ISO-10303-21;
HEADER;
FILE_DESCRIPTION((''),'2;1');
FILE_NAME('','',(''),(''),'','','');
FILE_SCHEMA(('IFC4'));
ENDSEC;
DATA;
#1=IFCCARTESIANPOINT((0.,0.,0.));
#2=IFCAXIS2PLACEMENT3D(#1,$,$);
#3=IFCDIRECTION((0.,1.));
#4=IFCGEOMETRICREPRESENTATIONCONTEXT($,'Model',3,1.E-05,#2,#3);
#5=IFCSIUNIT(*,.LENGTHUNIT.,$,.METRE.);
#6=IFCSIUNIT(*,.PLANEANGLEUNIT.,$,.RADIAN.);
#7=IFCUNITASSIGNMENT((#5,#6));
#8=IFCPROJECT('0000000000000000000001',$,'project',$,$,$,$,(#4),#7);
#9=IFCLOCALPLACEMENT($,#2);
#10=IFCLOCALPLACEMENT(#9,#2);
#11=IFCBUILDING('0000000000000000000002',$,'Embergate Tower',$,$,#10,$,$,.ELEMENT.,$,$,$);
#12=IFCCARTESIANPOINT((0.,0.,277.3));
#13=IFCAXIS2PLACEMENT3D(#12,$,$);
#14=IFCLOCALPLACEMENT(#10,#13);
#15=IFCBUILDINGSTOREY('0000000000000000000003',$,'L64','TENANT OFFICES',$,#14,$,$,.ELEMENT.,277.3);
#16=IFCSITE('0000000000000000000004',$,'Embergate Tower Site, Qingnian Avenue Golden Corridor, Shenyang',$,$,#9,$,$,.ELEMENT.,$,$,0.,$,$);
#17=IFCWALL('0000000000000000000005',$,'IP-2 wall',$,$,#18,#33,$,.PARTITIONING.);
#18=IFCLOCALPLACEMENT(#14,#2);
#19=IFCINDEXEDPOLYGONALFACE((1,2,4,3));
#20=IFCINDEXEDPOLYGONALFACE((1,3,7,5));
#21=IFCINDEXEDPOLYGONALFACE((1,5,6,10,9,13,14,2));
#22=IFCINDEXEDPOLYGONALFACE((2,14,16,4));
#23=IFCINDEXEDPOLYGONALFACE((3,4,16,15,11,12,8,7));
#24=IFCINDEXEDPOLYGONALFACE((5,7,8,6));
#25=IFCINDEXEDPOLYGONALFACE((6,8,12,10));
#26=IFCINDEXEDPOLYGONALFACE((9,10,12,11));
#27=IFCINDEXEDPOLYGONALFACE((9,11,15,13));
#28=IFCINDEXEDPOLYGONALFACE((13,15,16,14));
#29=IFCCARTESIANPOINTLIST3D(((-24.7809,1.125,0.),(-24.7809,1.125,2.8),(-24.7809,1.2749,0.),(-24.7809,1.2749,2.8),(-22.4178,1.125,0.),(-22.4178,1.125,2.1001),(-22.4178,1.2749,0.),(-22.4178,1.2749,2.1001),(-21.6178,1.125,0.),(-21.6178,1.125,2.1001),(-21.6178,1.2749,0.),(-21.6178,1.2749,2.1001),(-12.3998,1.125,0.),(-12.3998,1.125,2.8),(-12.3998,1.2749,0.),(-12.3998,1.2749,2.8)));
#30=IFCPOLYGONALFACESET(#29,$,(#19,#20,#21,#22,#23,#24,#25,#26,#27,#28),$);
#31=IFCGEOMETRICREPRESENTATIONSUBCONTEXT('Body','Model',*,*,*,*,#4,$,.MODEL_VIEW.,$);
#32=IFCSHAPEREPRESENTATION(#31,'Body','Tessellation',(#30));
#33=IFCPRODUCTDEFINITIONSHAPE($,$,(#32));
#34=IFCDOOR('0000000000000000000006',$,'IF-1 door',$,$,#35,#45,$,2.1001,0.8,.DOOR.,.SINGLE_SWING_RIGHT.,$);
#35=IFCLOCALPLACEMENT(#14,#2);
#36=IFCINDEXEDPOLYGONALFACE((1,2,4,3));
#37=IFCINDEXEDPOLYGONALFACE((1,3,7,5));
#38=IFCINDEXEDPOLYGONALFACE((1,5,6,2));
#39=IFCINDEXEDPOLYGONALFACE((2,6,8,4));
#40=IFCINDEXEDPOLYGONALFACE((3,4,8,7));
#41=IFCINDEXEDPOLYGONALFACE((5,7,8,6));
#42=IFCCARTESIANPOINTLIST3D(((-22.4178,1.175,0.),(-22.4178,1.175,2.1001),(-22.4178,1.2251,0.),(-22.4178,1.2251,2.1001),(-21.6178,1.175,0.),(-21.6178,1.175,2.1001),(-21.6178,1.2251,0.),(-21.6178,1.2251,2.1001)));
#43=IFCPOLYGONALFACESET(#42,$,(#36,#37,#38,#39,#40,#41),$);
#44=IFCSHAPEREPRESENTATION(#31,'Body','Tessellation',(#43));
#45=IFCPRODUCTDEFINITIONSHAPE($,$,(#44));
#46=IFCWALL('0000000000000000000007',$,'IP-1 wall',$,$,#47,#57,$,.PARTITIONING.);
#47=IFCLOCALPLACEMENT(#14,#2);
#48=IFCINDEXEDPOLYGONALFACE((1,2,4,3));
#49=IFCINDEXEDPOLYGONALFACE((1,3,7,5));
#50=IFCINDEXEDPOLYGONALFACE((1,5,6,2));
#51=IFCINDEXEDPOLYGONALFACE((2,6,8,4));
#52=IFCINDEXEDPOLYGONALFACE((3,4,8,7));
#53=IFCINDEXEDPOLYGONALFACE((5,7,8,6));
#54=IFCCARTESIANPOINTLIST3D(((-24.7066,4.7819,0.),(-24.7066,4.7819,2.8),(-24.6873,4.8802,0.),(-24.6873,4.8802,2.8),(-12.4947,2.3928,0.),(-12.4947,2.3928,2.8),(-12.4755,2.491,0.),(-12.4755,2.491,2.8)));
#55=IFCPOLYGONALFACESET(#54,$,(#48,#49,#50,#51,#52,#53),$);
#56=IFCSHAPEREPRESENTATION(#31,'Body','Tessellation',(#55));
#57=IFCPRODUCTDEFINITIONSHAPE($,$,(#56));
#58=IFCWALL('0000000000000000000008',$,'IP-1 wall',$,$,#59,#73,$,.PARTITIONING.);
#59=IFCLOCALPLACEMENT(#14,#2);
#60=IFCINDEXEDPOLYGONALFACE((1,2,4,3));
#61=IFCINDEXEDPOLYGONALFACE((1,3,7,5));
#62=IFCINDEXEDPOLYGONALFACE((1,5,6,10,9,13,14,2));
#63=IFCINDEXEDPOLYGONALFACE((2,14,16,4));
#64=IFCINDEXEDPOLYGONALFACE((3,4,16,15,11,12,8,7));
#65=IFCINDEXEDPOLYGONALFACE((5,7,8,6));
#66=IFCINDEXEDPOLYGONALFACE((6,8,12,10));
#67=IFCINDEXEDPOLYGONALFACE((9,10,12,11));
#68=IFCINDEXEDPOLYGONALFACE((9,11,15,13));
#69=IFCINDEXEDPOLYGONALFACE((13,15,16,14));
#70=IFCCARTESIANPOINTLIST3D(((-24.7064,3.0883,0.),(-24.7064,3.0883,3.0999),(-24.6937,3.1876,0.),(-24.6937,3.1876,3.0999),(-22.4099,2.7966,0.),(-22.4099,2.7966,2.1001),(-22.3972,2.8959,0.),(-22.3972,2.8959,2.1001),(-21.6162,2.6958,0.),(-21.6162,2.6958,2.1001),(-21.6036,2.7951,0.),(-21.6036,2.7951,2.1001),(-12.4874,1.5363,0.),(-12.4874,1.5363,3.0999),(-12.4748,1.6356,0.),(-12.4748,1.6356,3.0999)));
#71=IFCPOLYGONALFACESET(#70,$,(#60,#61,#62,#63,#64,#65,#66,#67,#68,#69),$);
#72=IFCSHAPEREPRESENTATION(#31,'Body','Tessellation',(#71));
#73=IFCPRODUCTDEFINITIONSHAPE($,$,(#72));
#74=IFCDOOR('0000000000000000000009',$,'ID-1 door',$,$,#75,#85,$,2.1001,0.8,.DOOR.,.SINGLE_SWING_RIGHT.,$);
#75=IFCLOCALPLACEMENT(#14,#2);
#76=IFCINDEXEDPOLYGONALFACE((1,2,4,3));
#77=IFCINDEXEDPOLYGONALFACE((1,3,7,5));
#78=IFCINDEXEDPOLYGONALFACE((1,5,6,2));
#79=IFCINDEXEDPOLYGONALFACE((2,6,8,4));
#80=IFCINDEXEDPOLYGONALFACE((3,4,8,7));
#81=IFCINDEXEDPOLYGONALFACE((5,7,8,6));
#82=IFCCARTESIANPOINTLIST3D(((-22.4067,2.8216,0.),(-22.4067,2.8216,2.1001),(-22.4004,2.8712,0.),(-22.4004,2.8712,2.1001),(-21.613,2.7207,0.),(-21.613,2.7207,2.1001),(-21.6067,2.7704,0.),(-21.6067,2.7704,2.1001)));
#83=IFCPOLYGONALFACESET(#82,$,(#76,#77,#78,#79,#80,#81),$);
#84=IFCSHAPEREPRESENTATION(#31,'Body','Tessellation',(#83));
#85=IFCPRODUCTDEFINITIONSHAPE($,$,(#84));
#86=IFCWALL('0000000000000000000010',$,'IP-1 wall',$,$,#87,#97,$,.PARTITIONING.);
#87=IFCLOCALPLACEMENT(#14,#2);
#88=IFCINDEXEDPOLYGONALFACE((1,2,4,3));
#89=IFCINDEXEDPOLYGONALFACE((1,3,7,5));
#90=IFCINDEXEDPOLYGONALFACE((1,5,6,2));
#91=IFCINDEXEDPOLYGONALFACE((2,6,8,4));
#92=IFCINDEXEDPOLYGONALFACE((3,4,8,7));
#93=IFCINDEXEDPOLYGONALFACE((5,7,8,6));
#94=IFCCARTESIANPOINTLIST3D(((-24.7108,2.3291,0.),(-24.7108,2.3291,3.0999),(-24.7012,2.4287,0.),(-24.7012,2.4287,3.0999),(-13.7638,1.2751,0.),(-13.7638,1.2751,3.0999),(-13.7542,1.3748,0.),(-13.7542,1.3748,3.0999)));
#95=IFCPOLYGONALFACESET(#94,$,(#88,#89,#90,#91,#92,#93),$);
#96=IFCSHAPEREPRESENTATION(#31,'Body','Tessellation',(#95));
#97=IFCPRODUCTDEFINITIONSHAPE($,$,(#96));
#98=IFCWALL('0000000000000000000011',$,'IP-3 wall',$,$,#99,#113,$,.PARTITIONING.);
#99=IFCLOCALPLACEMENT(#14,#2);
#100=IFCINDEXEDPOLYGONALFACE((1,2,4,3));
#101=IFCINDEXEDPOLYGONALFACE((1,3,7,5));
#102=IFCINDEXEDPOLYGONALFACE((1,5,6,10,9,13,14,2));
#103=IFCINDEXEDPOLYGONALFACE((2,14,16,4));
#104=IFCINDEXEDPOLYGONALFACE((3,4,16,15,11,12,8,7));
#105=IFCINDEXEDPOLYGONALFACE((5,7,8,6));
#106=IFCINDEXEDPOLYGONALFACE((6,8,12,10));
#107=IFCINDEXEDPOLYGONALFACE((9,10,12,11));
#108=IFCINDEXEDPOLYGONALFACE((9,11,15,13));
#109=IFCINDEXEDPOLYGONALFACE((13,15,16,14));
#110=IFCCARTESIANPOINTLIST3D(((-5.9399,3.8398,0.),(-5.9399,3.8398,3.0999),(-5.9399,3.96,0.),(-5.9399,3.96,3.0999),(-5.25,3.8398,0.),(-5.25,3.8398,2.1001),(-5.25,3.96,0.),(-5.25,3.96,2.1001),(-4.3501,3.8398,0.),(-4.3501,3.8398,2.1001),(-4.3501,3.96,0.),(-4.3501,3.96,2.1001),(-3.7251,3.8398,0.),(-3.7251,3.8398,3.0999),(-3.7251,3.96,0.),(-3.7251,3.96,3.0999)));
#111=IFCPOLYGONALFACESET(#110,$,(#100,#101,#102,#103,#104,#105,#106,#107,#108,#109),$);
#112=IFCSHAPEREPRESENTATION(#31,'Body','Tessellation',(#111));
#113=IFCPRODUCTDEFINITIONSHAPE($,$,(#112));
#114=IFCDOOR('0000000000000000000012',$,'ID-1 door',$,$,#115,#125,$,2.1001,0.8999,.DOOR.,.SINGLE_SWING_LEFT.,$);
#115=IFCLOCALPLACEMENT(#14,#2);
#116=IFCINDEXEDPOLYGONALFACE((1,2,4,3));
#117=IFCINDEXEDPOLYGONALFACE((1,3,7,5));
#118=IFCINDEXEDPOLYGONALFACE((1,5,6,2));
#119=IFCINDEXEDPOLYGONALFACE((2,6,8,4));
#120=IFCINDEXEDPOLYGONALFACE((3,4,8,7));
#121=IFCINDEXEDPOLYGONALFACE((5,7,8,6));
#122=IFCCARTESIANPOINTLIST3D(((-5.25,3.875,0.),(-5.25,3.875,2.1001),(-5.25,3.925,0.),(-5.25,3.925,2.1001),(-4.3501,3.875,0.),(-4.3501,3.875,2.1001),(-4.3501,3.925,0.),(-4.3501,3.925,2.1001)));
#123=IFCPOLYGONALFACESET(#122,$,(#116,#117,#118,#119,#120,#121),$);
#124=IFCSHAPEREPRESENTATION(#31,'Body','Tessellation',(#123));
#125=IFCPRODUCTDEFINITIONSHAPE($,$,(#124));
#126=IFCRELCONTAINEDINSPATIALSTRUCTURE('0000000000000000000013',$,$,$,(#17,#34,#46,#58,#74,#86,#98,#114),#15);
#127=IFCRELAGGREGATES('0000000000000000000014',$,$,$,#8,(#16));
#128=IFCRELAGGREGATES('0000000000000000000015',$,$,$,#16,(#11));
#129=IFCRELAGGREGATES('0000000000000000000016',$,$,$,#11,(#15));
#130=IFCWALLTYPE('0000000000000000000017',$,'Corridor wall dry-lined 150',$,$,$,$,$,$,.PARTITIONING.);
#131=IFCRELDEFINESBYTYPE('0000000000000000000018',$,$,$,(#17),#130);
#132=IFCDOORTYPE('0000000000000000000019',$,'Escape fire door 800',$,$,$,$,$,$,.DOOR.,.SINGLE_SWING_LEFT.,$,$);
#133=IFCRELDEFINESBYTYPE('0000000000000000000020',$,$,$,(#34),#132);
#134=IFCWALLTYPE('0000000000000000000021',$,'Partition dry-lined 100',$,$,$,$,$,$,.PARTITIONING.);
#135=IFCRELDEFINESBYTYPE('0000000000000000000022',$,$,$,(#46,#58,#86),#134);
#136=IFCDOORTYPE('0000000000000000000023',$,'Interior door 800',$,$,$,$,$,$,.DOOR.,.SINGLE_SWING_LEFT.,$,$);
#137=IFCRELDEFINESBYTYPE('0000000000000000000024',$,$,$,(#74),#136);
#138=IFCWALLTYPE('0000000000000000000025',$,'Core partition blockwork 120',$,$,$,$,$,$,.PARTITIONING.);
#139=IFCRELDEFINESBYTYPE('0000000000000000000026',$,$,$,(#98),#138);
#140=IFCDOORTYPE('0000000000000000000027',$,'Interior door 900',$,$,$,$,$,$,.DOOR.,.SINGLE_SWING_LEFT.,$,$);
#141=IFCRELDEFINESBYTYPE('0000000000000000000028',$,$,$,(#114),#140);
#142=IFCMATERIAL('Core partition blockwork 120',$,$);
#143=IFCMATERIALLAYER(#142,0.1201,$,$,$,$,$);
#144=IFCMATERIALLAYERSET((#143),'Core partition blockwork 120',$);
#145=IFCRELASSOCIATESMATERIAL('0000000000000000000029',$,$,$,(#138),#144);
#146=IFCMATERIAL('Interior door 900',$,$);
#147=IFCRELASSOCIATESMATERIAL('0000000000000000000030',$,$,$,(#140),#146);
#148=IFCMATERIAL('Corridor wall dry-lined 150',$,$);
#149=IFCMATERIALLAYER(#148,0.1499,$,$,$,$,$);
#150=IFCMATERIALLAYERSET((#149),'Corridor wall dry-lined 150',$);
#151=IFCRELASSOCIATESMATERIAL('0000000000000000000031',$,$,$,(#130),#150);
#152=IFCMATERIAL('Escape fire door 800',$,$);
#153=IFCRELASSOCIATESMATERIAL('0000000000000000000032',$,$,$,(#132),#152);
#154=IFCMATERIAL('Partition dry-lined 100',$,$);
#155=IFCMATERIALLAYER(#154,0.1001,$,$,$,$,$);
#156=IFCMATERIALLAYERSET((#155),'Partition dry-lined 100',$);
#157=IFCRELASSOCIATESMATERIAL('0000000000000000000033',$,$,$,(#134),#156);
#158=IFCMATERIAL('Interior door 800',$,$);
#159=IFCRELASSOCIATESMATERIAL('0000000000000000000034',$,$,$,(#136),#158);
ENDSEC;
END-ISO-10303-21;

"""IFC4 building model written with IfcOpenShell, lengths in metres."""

from ifc_helpers import new_model, si_unit, direction, frame, frame_2d, origin, place, context, subcontext, project, spatial, rectangle, extrude, source, transform, mapped, material, layer, layer_set, type_object, element, fill, save


model = new_model("IFC4")

# Units and contexts
model_context = context("Model", 3, precision=1e-05, world=origin(), true_north=direction((0.0, 1.0)))
body_context = subcontext(model_context, "Body", "Model", "MODEL_VIEW")
ifc_project = project(units=[si_unit("LENGTHUNIT", "METRE"), si_unit("PLANEANGLEUNIT", "RADIAN")], contexts=[model_context])

# Site, building, storey
site_placement = place(None, origin())
site = spatial("IfcSite", under=ifc_project, at=site_placement, Name="Embergate Tower Site, Qingnian Avenue Golden Corridor, Shenyang", CompositionType="ELEMENT", RefElevation=0.0)
building_placement = place(site_placement, origin())
building = spatial("IfcBuilding", under=site, at=building_placement, Name="Embergate Tower", CompositionType="ELEMENT")
storey_placement = place(building_placement, frame((0.0, 0.0, 277.3)))
storey = spatial("IfcBuildingStorey", under=building, at=storey_placement, Name="L64", Description="TENANT OFFICES", CompositionType="ELEMENT", Elevation=277.3)

# Shared definitions
ifc_material_1 = material(Name="Core partition blockwork 120")
ifc_layer_1 = layer(ifc_material_1, 0.1201)
ifc_layer_set_1 = layer_set([ifc_layer_1], Name="Core partition blockwork 120")
wall_type_1 = type_object("IfcWallType", Name="Core partition blockwork 120", PredefinedType="PARTITIONING", material=ifc_layer_set_1)

# Shared definitions
shared_shape_1 = source(origin(), body_context, "Body", "SweptSolid", [
    extrude(rectangle(XDim=0.8999, YDim=2.1001, at=frame_2d((0.45, 1.05))), frame((0.0, 0.0701, 0.0), z_axis=(0.0, -1.0, 0.0), x_axis=(1.0, 0.0, 0.0)), (0.0, 0.0, 1.0), 0.1401),
])
ifc_material_2 = material(Name="Interior door 900")
door_type_1 = type_object("IfcDoorType", Name="Interior door 900", OperationType="SINGLE_SWING_LEFT", PredefinedType="DOOR", material=ifc_material_2)
shared_shape_2 = source(origin(), body_context, "Body", "SweptSolid", [
    extrude(rectangle(XDim=0.8999, YDim=2.1001, at=frame_2d((0.45, 1.05))), frame((0.0, 0.0249, 0.0), z_axis=(0.0, -1.0, 0.0), x_axis=(1.0, 0.0, 0.0)), (0.0, 0.0, 1.0), 0.05),
])

# Wall, opening, door
ifc_material_3 = material(Name="Corridor wall dry-lined 150")
ifc_layer_2 = layer(ifc_material_3, 0.1499)
ifc_layer_set_2 = layer_set([ifc_layer_2], Name="Corridor wall dry-lined 150")
wall_type_2 = type_object("IfcWallType", Name="Corridor wall dry-lined 150", PredefinedType="PARTITIONING", material=ifc_layer_set_2)
shared_shape_3 = source(origin(), body_context, "Body", "SweptSolid", [
    extrude(rectangle(XDim=12.3811, YDim=0.1499, at=frame_2d((6.1904, 0.0))), origin(), (0.0, 0.0, 1.0), 2.8),
])
wall_1_placement = place(storey_placement, frame((-12.3999, 1.2, 0.0), z_axis=(0.0, 0.0, 1.0), x_axis=(-1.0, 0.0, 0.0)))
wall_1 = element("IfcWall", 1, at=wall_1_placement, inside=storey, type_object=wall_type_2, Name="IP-2 wall", PredefinedType="PARTITIONING", context=body_context, shape_type="MappedRepresentation", body=[
    mapped(shared_shape_3, transform((0.0, 0.0, 0.0))),
])
shared_shape_4 = source(origin(), body_context, "Body", "SweptSolid", [
    extrude(rectangle(XDim=0.8, YDim=2.1001, at=frame_2d((0.3999, 1.05))), frame((0.0, 0.085, 0.0), z_axis=(0.0, -1.0, 0.0), x_axis=(1.0, 0.0, 0.0)), (0.0, 0.0, 1.0), 0.1699),
])
opening_1_placement = place(wall_1_placement, frame((9.218, 0.0, 0.0)))
opening_1 = element("IfcOpeningElement", 2, at=opening_1_placement, cuts=wall_1, PredefinedType="OPENING", context=body_context, shape_type="MappedRepresentation", body=[
    mapped(shared_shape_4, transform((0.0, 0.0, 0.0))),
])
ifc_material_4 = material(Name="Escape fire door 800")
door_type_2 = type_object("IfcDoorType", Name="Escape fire door 800", OperationType="SINGLE_SWING_LEFT", PredefinedType="DOOR", material=ifc_material_4)
shared_shape_5 = source(origin(), body_context, "Body", "SweptSolid", [
    extrude(rectangle(XDim=0.8, YDim=2.1001, at=frame_2d((0.3999, 1.05))), frame((0.0, 0.0249, 0.0), z_axis=(0.0, -1.0, 0.0), x_axis=(1.0, 0.0, 0.0)), (0.0, 0.0, 1.0), 0.05),
])
door_1_placement = place(opening_1_placement, origin())
door_1 = element("IfcDoor", 3, at=door_1_placement, inside=storey, type_object=door_type_2, Name="IF-1 door", OperationType="SINGLE_SWING_RIGHT", OverallHeight=2.1001, OverallWidth=0.8, PredefinedType="DOOR", context=body_context, shape_type="MappedRepresentation", body=[
    mapped(shared_shape_5, transform((0.0, 0.0, 0.0))),
])
fill(opening_1, door_1)

# Wall
ifc_material_5 = material(Name="Partition dry-lined 100")
ifc_layer_3 = layer(ifc_material_5, 0.1001)
ifc_layer_set_3 = layer_set([ifc_layer_3], Name="Partition dry-lined 100")
wall_type_3 = type_object("IfcWallType", Name="Partition dry-lined 100", PredefinedType="PARTITIONING", material=ifc_layer_set_3)
shared_shape_6 = source(origin(), body_context, "Body", "SweptSolid", [
    extrude(rectangle(XDim=12.4434, YDim=0.1001, at=frame_2d((6.2217, 0.0))), origin(), (0.0, 0.0, 1.0), 2.8),
])
wall_2_placement = place(storey_placement, frame((-12.4851, 2.4419, 0.0), z_axis=(0.0, 0.0, 1.0), x_axis=(-0.981395, 0.192002, 0.0)))
element("IfcWall", 4, at=wall_2_placement, inside=storey, type_object=wall_type_3, Name="IP-1 wall", PredefinedType="PARTITIONING", context=body_context, shape_type="MappedRepresentation", body=[
    mapped(shared_shape_6, transform((0.0, 0.0, 0.0))),
])

# Wall, opening, door
shared_shape_7 = source(origin(), body_context, "Body", "SweptSolid", [
    extrude(rectangle(XDim=12.3171, YDim=0.1001, at=frame_2d((6.1587, 0.0))), origin(), (0.0, 0.0, 1.0), 3.0999),
])
wall_3_placement = place(storey_placement, frame((-12.481, 1.5859, 0.0), z_axis=(0.0, 0.0, 1.0), x_axis=(-0.99203, 0.126003, 0.0)))
wall_3 = element("IfcWall", 5, at=wall_3_placement, inside=storey, type_object=wall_type_3, Name="IP-1 wall", PredefinedType="PARTITIONING", context=body_context, shape_type="MappedRepresentation", body=[
    mapped(shared_shape_7, transform((0.0, 0.0, 0.0))),
])
shared_shape_8 = source(origin(), body_context, "Body", "SweptSolid", [
    extrude(rectangle(XDim=0.8, YDim=2.1001, at=frame_2d((0.3999, 1.05))), frame((0.0, 0.0601, 0.0), z_axis=(0.0, -1.0, 0.0), x_axis=(1.0, 0.0, 0.0)), (0.0, 0.0, 1.0), 0.1201),
])
opening_2_placement = place(wall_3_placement, frame((9.2024, 0.0, 0.0)))
opening_2 = element("IfcOpeningElement", 6, at=opening_2_placement, cuts=wall_3, PredefinedType="OPENING", context=body_context, shape_type="MappedRepresentation", body=[
    mapped(shared_shape_8, transform((0.0, 0.0, 0.0))),
])
ifc_material_6 = material(Name="Interior door 800")
door_type_3 = type_object("IfcDoorType", Name="Interior door 800", OperationType="SINGLE_SWING_LEFT", PredefinedType="DOOR", material=ifc_material_6)
door_2_placement = place(opening_2_placement, origin())
door_2 = element("IfcDoor", 7, at=door_2_placement, inside=storey, type_object=door_type_3, Name="ID-1 door", OperationType="SINGLE_SWING_RIGHT", OverallHeight=2.1001, OverallWidth=0.8, PredefinedType="DOOR", context=body_context, shape_type="MappedRepresentation", body=[
    mapped(shared_shape_5, transform((0.0, 0.0, 0.0))),
])
fill(opening_2, door_2)

# Wall
shared_shape_9 = source(origin(), body_context, "Body", "SweptSolid", [
    extrude(rectangle(XDim=10.9976, YDim=0.1001, at=frame_2d((5.4988, 0.0))), origin(), (0.0, 0.0, 1.0), 3.0999),
])
wall_4_placement = place(storey_placement, frame((-13.759, 1.325, 0.0), z_axis=(0.0, 0.0, 1.0), x_axis=(-0.995397, 0.095835, 0.0)))
element("IfcWall", 8, at=wall_4_placement, inside=storey, type_object=wall_type_3, Name="IP-1 wall", PredefinedType="PARTITIONING", context=body_context, shape_type="MappedRepresentation", body=[
    mapped(shared_shape_9, transform((0.0, 0.0, 0.0))),
])

# Wall, opening, door
shared_shape_10 = source(origin(), body_context, "Body", "SweptSolid", [
    extrude(rectangle(XDim=2.2148, YDim=0.1201, at=frame_2d((1.1074, 0.0))), origin(), (0.0, 0.0, 1.0), 3.0999),
])
wall_5_placement = place(storey_placement, frame((-3.7251, 3.8999, 0.0), z_axis=(0.0, 0.0, 1.0), x_axis=(-1.0, 0.0, 0.0)))
wall_5 = element("IfcWall", 9, at=wall_5_placement, inside=storey, type_object=wall_type_1, Name="IP-3 wall", PredefinedType="PARTITIONING", context=body_context, shape_type="MappedRepresentation", body=[
    mapped(shared_shape_10, transform((0.0, 0.0, 0.0))),
])
opening_3_placement = place(wall_5_placement, frame((0.625, 0.0, 0.0)))
opening_3 = element("IfcOpeningElement", 10, at=opening_3_placement, cuts=wall_5, PredefinedType="OPENING", context=body_context, shape_type="MappedRepresentation", body=[
    mapped(shared_shape_1, transform((0.0, 0.0, 0.0))),
])
door_3_placement = place(opening_3_placement, origin())
door_3 = element("IfcDoor", 11, at=door_3_placement, inside=storey, type_object=door_type_1, Name="ID-1 door", OperationType="SINGLE_SWING_LEFT", OverallHeight=2.1001, OverallWidth=0.8999, PredefinedType="DOOR", context=body_context, shape_type="MappedRepresentation", body=[
    mapped(shared_shape_2, transform((0.0, 0.0, 0.0))),
])
fill(opening_3, door_3)

save(model, "model.ifc")
